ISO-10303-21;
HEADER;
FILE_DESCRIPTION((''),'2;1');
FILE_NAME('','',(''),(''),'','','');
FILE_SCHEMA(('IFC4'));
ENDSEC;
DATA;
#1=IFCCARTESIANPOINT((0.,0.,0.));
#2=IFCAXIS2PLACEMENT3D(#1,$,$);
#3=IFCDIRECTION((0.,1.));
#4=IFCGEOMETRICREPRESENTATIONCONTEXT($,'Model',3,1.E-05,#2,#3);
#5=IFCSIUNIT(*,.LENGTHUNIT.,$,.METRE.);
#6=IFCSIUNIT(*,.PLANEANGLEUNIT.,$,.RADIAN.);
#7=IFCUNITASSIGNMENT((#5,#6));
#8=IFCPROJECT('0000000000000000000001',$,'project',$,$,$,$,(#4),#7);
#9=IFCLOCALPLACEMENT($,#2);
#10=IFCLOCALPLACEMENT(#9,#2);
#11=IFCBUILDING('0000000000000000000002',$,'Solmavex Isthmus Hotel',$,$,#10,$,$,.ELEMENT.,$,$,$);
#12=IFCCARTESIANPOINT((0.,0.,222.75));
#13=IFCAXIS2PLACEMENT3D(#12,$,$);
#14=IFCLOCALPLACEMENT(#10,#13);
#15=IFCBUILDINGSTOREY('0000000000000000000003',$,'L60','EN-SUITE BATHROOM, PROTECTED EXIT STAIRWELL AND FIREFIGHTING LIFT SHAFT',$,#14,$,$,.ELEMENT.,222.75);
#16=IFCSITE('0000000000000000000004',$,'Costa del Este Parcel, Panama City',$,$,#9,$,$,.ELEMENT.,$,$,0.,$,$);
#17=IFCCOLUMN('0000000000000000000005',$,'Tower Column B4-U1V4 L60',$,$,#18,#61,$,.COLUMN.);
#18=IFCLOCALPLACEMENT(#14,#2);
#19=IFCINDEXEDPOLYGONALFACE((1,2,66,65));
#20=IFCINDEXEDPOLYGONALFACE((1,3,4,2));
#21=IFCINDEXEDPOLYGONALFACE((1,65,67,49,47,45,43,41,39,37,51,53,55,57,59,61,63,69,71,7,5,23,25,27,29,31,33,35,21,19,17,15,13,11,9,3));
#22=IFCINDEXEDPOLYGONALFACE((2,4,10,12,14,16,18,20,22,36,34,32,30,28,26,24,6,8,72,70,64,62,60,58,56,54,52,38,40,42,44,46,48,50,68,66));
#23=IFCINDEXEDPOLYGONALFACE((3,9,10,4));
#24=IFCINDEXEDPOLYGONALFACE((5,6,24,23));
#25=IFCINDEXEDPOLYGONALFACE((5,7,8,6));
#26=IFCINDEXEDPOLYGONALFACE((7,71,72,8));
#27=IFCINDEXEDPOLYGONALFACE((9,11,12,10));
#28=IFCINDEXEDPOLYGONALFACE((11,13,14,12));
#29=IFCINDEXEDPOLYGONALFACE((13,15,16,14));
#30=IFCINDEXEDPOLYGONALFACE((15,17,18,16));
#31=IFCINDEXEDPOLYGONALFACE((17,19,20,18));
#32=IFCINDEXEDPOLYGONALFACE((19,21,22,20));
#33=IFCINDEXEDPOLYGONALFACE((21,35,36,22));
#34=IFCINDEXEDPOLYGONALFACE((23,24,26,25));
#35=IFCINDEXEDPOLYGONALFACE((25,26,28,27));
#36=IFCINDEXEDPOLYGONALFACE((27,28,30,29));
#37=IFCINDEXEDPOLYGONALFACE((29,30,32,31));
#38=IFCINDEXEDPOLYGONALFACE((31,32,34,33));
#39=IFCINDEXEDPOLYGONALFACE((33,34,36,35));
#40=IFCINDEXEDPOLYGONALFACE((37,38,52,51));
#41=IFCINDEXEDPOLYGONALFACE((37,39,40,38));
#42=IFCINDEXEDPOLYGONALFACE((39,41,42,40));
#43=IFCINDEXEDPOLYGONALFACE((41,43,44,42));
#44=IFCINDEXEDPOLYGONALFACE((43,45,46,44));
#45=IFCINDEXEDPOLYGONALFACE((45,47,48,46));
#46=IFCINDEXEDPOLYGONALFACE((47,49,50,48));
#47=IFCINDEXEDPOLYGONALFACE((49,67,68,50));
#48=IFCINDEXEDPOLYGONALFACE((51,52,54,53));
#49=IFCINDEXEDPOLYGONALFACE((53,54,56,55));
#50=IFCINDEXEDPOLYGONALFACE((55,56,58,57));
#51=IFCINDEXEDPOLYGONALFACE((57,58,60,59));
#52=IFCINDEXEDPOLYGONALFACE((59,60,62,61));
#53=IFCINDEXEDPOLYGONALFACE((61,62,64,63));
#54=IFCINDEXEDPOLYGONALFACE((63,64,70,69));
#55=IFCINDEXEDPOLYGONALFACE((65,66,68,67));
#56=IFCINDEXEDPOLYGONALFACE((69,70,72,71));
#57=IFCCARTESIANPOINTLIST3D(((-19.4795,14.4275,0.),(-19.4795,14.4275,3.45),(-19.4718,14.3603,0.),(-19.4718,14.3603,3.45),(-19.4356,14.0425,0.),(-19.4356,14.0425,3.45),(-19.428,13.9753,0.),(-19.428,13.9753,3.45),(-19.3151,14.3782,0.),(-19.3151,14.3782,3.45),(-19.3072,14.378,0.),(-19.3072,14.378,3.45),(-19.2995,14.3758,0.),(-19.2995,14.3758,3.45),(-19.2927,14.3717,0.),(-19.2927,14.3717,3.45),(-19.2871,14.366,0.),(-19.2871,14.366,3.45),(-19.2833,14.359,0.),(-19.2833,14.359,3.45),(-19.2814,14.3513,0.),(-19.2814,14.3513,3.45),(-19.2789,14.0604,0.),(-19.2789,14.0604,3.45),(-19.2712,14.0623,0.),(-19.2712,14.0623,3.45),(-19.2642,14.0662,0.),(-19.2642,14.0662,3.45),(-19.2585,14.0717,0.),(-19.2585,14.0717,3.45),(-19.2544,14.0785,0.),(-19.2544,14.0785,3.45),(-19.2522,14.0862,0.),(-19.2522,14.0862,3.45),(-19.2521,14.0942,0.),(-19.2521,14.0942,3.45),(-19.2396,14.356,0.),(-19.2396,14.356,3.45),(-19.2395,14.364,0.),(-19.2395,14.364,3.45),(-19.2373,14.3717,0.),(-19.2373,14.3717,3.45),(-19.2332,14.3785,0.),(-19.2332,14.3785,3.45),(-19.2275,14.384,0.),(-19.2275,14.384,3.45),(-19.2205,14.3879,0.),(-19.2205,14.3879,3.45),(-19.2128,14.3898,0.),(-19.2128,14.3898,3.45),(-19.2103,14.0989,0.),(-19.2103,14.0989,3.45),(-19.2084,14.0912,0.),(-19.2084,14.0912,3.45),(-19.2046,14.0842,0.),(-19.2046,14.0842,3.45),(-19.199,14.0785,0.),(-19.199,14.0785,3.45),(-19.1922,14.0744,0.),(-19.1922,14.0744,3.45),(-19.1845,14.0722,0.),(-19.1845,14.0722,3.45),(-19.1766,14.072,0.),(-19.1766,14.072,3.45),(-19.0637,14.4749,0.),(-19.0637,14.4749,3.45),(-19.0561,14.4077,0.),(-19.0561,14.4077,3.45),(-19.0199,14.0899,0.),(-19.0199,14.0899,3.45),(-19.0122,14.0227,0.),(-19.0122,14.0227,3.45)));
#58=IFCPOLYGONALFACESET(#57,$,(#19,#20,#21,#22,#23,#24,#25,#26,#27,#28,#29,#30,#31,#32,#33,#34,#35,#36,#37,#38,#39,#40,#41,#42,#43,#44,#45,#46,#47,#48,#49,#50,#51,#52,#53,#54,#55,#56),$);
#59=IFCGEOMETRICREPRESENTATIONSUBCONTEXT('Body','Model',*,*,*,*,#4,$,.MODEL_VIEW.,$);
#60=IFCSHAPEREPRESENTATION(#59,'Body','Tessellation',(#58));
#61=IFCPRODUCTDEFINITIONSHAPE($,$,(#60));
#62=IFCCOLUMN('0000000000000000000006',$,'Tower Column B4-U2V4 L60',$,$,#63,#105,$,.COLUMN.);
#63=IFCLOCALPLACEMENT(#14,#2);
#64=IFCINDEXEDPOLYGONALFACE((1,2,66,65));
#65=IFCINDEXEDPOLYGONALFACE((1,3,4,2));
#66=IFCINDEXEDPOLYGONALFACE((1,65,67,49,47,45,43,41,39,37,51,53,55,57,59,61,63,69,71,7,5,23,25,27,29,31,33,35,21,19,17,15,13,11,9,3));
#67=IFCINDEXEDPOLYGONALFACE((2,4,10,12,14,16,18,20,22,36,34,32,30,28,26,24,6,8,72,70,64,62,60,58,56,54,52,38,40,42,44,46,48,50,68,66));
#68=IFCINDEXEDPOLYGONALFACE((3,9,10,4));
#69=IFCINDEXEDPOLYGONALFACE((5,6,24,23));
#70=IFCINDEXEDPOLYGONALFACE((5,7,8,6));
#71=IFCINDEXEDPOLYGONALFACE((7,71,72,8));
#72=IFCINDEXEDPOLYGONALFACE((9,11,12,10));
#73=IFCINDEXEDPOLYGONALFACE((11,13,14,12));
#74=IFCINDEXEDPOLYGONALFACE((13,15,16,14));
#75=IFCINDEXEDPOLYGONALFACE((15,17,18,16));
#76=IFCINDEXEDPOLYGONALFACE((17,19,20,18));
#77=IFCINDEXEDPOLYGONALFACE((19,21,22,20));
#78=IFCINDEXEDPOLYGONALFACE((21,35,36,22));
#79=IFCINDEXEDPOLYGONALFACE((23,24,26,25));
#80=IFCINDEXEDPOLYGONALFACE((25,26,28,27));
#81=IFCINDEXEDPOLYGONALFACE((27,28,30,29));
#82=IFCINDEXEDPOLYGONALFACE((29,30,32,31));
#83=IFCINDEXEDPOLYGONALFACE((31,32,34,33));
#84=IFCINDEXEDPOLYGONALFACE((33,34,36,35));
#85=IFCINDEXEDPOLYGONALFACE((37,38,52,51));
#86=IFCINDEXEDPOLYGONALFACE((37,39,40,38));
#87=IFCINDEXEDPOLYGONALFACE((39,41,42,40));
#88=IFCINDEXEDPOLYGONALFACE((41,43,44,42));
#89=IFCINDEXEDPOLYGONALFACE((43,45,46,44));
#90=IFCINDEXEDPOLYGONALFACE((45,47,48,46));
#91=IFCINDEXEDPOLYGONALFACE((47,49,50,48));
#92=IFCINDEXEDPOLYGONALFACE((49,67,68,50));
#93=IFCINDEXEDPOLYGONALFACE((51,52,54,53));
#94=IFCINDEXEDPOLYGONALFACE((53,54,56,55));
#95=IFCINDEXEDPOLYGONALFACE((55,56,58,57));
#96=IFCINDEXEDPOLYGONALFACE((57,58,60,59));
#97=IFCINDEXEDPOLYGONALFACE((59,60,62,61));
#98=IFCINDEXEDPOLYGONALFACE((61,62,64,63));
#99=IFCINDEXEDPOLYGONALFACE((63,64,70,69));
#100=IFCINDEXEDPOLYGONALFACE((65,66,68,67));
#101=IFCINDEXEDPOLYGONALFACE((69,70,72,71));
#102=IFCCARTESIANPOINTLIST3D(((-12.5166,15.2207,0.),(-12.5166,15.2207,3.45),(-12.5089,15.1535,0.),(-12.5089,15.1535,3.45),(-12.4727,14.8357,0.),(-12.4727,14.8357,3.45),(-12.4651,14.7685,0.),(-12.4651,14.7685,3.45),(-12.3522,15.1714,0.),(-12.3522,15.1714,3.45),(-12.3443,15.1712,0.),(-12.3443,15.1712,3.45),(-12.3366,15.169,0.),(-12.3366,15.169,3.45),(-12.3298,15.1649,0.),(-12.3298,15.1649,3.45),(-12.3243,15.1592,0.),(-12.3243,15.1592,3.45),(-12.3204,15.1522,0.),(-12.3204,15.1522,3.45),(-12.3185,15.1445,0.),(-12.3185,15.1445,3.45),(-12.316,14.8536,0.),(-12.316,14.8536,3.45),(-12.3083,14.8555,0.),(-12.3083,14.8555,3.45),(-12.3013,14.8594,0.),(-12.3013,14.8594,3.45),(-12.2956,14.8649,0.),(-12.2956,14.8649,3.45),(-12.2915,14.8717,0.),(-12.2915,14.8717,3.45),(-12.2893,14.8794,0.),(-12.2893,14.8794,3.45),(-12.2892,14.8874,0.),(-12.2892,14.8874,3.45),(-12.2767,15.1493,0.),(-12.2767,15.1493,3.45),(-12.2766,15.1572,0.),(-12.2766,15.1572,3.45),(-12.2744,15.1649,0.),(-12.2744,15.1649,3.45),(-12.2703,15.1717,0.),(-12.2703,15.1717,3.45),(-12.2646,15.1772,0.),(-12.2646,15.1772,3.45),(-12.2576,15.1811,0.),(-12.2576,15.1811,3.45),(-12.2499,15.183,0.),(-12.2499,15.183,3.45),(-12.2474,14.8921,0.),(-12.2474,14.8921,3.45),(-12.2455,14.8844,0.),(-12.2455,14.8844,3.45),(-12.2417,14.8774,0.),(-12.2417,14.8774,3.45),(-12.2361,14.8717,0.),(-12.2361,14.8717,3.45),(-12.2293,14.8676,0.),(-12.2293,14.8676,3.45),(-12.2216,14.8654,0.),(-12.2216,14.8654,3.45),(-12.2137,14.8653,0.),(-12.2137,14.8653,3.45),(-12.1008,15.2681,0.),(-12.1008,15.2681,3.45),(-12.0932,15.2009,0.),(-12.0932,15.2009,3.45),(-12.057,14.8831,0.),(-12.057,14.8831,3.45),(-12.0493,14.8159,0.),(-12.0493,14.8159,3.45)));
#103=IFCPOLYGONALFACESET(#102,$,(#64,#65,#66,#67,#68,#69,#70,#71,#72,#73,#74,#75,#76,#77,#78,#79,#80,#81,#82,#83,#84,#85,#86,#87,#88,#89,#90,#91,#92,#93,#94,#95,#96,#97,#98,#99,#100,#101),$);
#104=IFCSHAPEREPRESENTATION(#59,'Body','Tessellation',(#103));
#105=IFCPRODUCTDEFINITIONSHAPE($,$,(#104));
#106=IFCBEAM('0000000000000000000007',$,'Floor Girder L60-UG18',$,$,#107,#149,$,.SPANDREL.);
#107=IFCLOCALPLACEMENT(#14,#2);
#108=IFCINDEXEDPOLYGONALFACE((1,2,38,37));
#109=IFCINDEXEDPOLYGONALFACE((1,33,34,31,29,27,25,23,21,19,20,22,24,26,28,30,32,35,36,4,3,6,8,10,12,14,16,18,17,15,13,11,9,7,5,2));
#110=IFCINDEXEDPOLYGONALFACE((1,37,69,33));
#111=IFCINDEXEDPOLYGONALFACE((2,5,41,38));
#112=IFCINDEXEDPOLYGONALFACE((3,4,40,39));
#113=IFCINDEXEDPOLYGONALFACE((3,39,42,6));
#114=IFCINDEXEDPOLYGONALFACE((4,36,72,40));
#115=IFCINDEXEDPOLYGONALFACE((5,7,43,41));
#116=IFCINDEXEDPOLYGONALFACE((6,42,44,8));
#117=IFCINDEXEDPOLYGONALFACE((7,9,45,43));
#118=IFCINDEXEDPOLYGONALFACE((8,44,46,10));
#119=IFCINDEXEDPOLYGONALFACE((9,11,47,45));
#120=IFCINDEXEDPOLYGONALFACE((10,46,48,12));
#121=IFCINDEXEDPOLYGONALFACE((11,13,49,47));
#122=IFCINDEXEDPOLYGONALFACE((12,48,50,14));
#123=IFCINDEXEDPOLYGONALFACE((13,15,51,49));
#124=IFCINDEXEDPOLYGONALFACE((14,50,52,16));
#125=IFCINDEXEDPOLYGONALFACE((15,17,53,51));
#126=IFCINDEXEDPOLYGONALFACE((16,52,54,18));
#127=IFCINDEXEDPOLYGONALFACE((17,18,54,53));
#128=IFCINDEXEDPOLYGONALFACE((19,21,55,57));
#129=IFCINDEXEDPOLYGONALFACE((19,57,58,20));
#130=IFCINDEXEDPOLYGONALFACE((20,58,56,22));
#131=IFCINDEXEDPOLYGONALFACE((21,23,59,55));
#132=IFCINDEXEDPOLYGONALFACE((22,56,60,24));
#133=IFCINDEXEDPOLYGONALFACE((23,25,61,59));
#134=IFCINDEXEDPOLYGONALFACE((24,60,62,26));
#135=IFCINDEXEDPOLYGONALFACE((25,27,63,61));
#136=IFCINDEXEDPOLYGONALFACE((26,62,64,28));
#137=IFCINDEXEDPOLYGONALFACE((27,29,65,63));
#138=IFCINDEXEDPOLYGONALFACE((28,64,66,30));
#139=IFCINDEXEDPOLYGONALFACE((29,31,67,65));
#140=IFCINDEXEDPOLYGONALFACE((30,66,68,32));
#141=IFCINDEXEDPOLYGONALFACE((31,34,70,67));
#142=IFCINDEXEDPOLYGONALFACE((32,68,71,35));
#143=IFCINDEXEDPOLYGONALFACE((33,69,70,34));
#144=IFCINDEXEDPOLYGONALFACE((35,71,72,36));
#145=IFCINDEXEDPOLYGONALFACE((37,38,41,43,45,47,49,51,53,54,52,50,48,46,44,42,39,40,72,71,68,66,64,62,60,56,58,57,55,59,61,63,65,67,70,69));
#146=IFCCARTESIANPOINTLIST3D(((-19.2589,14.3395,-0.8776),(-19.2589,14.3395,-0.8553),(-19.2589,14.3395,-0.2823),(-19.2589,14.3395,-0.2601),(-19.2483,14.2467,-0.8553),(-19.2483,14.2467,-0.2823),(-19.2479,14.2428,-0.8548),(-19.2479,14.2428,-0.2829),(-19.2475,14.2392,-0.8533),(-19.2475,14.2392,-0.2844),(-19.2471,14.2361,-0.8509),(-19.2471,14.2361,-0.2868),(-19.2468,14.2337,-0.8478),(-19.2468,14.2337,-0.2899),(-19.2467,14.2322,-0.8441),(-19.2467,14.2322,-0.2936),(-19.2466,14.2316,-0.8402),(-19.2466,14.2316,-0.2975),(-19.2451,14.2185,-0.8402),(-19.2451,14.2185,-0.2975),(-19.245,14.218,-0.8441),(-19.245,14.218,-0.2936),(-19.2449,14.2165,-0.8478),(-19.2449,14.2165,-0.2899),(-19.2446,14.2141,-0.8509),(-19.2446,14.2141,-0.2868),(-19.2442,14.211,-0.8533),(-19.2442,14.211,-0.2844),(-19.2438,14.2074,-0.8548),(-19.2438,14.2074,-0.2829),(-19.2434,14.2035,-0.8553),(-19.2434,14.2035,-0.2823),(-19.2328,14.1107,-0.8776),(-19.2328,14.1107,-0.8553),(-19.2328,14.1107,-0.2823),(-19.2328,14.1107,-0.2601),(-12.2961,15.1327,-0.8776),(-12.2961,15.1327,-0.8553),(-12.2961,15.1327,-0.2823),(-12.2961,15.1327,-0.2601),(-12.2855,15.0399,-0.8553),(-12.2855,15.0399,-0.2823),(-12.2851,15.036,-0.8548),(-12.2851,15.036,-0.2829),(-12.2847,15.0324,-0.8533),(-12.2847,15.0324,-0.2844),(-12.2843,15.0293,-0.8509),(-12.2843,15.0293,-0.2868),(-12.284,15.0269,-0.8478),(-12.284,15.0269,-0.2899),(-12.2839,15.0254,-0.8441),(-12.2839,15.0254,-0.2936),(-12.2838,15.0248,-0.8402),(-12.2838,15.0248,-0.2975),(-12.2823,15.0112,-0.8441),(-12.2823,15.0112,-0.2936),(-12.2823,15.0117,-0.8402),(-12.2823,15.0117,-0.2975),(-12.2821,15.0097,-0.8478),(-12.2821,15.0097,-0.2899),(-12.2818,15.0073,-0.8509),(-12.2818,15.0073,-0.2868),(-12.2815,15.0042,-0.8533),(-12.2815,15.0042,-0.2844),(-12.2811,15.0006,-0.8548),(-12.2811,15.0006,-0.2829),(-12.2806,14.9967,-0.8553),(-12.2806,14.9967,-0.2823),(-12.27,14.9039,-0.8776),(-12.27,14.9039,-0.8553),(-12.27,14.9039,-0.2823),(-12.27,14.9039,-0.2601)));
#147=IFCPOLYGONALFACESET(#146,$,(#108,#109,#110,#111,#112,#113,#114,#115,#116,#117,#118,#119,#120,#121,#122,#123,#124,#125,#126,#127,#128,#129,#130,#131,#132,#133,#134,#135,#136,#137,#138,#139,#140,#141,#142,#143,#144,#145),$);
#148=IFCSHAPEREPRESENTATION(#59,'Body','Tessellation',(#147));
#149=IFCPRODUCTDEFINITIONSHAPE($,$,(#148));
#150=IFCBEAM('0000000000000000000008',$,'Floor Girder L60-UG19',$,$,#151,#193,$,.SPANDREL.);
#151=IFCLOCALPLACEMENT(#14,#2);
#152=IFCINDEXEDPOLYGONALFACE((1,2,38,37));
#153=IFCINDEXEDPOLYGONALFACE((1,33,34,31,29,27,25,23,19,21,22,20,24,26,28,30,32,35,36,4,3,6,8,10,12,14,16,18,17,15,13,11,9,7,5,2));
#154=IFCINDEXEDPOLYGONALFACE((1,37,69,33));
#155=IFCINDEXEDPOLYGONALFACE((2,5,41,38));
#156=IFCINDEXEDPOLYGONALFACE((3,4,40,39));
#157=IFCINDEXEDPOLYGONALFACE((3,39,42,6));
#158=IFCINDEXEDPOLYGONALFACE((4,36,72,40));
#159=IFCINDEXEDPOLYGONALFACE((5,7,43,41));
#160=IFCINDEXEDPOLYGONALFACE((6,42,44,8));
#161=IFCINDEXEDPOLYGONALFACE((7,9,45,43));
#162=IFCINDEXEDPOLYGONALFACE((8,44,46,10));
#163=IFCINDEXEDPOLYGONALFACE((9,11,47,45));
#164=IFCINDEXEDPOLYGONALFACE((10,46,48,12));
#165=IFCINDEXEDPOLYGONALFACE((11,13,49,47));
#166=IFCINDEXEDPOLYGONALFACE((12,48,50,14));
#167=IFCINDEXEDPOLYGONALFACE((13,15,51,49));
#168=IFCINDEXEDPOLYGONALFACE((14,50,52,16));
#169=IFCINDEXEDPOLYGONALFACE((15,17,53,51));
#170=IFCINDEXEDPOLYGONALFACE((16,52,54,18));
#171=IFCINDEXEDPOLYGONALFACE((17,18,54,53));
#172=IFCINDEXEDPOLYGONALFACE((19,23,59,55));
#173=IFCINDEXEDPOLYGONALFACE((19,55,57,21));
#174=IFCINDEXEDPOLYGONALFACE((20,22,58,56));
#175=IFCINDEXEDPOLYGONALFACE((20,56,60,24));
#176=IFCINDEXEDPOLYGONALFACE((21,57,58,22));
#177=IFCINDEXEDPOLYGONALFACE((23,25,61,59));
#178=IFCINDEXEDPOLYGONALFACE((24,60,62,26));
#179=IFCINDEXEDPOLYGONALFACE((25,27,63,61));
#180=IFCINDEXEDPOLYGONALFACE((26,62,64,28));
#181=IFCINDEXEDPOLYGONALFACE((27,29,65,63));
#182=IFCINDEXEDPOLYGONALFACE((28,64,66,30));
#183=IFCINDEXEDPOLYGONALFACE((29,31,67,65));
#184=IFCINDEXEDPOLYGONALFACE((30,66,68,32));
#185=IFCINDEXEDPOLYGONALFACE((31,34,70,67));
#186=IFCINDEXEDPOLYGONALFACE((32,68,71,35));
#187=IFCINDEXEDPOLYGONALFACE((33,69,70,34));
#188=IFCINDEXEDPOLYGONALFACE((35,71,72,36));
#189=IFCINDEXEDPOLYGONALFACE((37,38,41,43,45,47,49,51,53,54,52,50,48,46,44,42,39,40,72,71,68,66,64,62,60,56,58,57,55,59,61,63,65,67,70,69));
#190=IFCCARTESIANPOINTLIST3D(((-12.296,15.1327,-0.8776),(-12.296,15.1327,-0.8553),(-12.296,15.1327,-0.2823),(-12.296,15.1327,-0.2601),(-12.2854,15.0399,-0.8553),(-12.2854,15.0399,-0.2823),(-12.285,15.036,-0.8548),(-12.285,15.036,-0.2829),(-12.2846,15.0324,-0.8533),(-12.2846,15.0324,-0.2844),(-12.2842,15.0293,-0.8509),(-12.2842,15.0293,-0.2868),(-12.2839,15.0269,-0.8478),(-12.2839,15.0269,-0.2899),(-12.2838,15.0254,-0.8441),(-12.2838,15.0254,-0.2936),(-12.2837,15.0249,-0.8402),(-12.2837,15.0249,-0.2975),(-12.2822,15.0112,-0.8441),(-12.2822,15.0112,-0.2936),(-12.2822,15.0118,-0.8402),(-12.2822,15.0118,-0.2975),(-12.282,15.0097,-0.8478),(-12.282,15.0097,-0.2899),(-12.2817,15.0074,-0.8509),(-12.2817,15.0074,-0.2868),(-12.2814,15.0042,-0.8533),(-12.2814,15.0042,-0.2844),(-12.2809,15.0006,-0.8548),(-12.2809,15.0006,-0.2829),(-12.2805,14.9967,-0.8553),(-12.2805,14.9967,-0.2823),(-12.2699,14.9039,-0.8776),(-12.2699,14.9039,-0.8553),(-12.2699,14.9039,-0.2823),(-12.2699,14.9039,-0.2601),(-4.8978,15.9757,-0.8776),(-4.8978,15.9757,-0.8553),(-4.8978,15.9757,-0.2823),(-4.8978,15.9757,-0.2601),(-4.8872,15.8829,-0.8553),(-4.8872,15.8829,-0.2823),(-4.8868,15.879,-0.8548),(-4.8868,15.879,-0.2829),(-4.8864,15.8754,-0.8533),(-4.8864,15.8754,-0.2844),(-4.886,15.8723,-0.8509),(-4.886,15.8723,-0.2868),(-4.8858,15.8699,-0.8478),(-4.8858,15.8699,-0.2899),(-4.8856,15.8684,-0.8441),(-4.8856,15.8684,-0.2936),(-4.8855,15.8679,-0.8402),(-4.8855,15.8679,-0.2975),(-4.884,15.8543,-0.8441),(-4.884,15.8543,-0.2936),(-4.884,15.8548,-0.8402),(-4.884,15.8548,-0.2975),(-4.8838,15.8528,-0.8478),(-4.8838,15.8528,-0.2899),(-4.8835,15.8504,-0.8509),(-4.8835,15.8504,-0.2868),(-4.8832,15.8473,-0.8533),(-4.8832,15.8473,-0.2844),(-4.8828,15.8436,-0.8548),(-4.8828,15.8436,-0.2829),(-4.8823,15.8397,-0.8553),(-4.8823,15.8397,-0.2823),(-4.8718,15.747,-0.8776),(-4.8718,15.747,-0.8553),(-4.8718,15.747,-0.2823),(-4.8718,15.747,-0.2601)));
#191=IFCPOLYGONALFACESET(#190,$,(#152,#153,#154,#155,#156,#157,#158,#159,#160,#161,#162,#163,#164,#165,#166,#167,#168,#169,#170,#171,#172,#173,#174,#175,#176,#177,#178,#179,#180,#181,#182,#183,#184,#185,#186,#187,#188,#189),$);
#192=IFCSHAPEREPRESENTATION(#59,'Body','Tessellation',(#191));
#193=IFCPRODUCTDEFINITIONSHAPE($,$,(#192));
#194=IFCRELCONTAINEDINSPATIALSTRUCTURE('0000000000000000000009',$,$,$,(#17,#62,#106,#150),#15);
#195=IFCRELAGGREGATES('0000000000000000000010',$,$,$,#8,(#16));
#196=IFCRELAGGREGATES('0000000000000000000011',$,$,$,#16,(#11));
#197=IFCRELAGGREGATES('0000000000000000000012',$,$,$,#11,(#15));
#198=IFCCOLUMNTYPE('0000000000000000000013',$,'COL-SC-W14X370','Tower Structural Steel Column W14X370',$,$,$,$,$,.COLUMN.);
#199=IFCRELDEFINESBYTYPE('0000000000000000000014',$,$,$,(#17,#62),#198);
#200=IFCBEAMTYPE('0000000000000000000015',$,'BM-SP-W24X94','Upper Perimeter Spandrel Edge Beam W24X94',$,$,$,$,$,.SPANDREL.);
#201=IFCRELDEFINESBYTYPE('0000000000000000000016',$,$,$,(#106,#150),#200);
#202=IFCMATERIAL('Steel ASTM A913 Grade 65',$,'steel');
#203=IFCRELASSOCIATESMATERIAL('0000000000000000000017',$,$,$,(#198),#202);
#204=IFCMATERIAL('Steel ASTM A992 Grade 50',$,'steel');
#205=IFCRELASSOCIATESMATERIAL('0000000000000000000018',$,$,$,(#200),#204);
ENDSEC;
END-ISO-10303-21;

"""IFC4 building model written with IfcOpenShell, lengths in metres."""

from ifc_helpers import new_model, si_unit, direction, frame, origin, origin_2d, place, context, subcontext, project, spatial, i_section, extrude, material, material_profile, profile_set, type_object, element, save


model = new_model("IFC4")

# Units and contexts
model_context = context("Model", 3, precision=1e-05, world=origin(), true_north=direction((0.0, 1.0)))
body_context = subcontext(model_context, "Body", "Model", "MODEL_VIEW")
ifc_project = project(units=[si_unit("LENGTHUNIT", "METRE"), si_unit("PLANEANGLEUNIT", "RADIAN")], contexts=[model_context])

# Site, building, storey
site_placement = place(None, origin())
site = spatial("IfcSite", under=ifc_project, at=site_placement, Name="Costa del Este Parcel, Panama City", CompositionType="ELEMENT", RefElevation=0.0)
building_placement = place(site_placement, origin())
building = spatial("IfcBuilding", under=site, at=building_placement, Name="Solmavex Isthmus Hotel", CompositionType="ELEMENT")
storey_placement = place(building_placement, frame((0.0, 0.0, 222.75)))
storey = spatial("IfcBuildingStorey", under=building, at=storey_placement, Name="L60", Description="EN-SUITE BATHROOM, PROTECTED EXIT STAIRWELL AND FIREFIGHTING LIFT SHAFT", CompositionType="ELEMENT", Elevation=222.75)

# Columns
ifc_material_1 = material(Name="Steel ASTM A913 Grade 65", Category="steel")
ifc_material_profile_1 = material_profile(ifc_material_1, i_section(OverallWidth=0.4185, OverallDepth=0.4551, WebThickness=0.042, FlangeThickness=0.0676, FilletRadius=0.0305, at=origin_2d()), Name="W14X370")
ifc_profile_set_1 = profile_set([ifc_material_profile_1], Name="Steel ASTM A913 Grade 65")
column_type = type_object("IfcColumnType", Name="COL-SC-W14X370", Description="Tower Structural Steel Column W14X370", PredefinedType="COLUMN", material=ifc_profile_set_1)
for number, where, z_axis, x_axis, name in (
    (1, (-19.2458, 14.2251, 0.0), (0.0, 0.0, 1.0), (0.993572, 0.113203, 0.0), "Tower Column B4-U1V4 L60"),
    (2, (-12.283, 15.0183, 0.0), (0.0, 0.0, 1.0), (0.993572, 0.113203, 0.0), "Tower Column B4-U2V4 L60"),
):
    element("IfcColumn", number, at=place(storey_placement, frame(where, z_axis=z_axis, x_axis=x_axis)), inside=storey, type_object=column_type, Name=name, PredefinedType="COLUMN", context=body_context, shape_type="SweptSolid", body=[
        extrude(i_section(OverallWidth=0.4185, OverallDepth=0.4551, WebThickness=0.042, FlangeThickness=0.0676, FilletRadius=0.0305, at=origin_2d()), origin(), (0.0, 0.0, 1.0), 3.45),
    ])

# Beams
ifc_material_2 = material(Name="Steel ASTM A992 Grade 50", Category="steel")
ifc_material_profile_2 = material_profile(ifc_material_2, i_section(OverallWidth=0.2302, OverallDepth=0.6174, WebThickness=0.0132, FlangeThickness=0.0222, FilletRadius=0.0151, at=origin_2d()), Name="W24X94")
ifc_profile_set_2 = profile_set([ifc_material_profile_2], Name="Steel ASTM A992 Grade 50")
beam_type = type_object("IfcBeamType", Name="BM-SP-W24X94", Description="Upper Perimeter Spandrel Edge Beam W24X94", PredefinedType="SPANDREL", material=ifc_profile_set_2)
beam_1_placement = place(storey_placement, frame((-19.2458, 14.2251, -0.5688), z_axis=(0.993574, 0.113188, 0.0), x_axis=(-0.113188, 0.993574, 0.0)))
element("IfcBeam", 3, at=beam_1_placement, inside=storey, type_object=beam_type, Name="Floor Girder L60-UG18", PredefinedType="SPANDREL", context=body_context, shape_type="SweptSolid", body=[
    extrude(i_section(OverallWidth=0.2302, OverallDepth=0.6174, WebThickness=0.0132, FlangeThickness=0.0222, FilletRadius=0.0151, at=origin_2d()), origin(), (0.0, 0.0, 1.0), 7.0078),
])
beam_2_placement = place(storey_placement, frame((-12.283, 15.0183, -0.5688), z_axis=(0.99357, 0.113216, 0.0), x_axis=(-0.113216, 0.99357, 0.0)))
element("IfcBeam", 4, at=beam_2_placement, inside=storey, type_object=beam_type, Name="Floor Girder L60-UG19", PredefinedType="SPANDREL", context=body_context, shape_type="SweptSolid", body=[
    extrude(i_section(OverallWidth=0.2302, OverallDepth=0.6174, WebThickness=0.0132, FlangeThickness=0.0222, FilletRadius=0.0151, at=origin_2d()), origin(), (0.0, 0.0, 1.0), 7.446),
])

save(model, "model.ifc")
